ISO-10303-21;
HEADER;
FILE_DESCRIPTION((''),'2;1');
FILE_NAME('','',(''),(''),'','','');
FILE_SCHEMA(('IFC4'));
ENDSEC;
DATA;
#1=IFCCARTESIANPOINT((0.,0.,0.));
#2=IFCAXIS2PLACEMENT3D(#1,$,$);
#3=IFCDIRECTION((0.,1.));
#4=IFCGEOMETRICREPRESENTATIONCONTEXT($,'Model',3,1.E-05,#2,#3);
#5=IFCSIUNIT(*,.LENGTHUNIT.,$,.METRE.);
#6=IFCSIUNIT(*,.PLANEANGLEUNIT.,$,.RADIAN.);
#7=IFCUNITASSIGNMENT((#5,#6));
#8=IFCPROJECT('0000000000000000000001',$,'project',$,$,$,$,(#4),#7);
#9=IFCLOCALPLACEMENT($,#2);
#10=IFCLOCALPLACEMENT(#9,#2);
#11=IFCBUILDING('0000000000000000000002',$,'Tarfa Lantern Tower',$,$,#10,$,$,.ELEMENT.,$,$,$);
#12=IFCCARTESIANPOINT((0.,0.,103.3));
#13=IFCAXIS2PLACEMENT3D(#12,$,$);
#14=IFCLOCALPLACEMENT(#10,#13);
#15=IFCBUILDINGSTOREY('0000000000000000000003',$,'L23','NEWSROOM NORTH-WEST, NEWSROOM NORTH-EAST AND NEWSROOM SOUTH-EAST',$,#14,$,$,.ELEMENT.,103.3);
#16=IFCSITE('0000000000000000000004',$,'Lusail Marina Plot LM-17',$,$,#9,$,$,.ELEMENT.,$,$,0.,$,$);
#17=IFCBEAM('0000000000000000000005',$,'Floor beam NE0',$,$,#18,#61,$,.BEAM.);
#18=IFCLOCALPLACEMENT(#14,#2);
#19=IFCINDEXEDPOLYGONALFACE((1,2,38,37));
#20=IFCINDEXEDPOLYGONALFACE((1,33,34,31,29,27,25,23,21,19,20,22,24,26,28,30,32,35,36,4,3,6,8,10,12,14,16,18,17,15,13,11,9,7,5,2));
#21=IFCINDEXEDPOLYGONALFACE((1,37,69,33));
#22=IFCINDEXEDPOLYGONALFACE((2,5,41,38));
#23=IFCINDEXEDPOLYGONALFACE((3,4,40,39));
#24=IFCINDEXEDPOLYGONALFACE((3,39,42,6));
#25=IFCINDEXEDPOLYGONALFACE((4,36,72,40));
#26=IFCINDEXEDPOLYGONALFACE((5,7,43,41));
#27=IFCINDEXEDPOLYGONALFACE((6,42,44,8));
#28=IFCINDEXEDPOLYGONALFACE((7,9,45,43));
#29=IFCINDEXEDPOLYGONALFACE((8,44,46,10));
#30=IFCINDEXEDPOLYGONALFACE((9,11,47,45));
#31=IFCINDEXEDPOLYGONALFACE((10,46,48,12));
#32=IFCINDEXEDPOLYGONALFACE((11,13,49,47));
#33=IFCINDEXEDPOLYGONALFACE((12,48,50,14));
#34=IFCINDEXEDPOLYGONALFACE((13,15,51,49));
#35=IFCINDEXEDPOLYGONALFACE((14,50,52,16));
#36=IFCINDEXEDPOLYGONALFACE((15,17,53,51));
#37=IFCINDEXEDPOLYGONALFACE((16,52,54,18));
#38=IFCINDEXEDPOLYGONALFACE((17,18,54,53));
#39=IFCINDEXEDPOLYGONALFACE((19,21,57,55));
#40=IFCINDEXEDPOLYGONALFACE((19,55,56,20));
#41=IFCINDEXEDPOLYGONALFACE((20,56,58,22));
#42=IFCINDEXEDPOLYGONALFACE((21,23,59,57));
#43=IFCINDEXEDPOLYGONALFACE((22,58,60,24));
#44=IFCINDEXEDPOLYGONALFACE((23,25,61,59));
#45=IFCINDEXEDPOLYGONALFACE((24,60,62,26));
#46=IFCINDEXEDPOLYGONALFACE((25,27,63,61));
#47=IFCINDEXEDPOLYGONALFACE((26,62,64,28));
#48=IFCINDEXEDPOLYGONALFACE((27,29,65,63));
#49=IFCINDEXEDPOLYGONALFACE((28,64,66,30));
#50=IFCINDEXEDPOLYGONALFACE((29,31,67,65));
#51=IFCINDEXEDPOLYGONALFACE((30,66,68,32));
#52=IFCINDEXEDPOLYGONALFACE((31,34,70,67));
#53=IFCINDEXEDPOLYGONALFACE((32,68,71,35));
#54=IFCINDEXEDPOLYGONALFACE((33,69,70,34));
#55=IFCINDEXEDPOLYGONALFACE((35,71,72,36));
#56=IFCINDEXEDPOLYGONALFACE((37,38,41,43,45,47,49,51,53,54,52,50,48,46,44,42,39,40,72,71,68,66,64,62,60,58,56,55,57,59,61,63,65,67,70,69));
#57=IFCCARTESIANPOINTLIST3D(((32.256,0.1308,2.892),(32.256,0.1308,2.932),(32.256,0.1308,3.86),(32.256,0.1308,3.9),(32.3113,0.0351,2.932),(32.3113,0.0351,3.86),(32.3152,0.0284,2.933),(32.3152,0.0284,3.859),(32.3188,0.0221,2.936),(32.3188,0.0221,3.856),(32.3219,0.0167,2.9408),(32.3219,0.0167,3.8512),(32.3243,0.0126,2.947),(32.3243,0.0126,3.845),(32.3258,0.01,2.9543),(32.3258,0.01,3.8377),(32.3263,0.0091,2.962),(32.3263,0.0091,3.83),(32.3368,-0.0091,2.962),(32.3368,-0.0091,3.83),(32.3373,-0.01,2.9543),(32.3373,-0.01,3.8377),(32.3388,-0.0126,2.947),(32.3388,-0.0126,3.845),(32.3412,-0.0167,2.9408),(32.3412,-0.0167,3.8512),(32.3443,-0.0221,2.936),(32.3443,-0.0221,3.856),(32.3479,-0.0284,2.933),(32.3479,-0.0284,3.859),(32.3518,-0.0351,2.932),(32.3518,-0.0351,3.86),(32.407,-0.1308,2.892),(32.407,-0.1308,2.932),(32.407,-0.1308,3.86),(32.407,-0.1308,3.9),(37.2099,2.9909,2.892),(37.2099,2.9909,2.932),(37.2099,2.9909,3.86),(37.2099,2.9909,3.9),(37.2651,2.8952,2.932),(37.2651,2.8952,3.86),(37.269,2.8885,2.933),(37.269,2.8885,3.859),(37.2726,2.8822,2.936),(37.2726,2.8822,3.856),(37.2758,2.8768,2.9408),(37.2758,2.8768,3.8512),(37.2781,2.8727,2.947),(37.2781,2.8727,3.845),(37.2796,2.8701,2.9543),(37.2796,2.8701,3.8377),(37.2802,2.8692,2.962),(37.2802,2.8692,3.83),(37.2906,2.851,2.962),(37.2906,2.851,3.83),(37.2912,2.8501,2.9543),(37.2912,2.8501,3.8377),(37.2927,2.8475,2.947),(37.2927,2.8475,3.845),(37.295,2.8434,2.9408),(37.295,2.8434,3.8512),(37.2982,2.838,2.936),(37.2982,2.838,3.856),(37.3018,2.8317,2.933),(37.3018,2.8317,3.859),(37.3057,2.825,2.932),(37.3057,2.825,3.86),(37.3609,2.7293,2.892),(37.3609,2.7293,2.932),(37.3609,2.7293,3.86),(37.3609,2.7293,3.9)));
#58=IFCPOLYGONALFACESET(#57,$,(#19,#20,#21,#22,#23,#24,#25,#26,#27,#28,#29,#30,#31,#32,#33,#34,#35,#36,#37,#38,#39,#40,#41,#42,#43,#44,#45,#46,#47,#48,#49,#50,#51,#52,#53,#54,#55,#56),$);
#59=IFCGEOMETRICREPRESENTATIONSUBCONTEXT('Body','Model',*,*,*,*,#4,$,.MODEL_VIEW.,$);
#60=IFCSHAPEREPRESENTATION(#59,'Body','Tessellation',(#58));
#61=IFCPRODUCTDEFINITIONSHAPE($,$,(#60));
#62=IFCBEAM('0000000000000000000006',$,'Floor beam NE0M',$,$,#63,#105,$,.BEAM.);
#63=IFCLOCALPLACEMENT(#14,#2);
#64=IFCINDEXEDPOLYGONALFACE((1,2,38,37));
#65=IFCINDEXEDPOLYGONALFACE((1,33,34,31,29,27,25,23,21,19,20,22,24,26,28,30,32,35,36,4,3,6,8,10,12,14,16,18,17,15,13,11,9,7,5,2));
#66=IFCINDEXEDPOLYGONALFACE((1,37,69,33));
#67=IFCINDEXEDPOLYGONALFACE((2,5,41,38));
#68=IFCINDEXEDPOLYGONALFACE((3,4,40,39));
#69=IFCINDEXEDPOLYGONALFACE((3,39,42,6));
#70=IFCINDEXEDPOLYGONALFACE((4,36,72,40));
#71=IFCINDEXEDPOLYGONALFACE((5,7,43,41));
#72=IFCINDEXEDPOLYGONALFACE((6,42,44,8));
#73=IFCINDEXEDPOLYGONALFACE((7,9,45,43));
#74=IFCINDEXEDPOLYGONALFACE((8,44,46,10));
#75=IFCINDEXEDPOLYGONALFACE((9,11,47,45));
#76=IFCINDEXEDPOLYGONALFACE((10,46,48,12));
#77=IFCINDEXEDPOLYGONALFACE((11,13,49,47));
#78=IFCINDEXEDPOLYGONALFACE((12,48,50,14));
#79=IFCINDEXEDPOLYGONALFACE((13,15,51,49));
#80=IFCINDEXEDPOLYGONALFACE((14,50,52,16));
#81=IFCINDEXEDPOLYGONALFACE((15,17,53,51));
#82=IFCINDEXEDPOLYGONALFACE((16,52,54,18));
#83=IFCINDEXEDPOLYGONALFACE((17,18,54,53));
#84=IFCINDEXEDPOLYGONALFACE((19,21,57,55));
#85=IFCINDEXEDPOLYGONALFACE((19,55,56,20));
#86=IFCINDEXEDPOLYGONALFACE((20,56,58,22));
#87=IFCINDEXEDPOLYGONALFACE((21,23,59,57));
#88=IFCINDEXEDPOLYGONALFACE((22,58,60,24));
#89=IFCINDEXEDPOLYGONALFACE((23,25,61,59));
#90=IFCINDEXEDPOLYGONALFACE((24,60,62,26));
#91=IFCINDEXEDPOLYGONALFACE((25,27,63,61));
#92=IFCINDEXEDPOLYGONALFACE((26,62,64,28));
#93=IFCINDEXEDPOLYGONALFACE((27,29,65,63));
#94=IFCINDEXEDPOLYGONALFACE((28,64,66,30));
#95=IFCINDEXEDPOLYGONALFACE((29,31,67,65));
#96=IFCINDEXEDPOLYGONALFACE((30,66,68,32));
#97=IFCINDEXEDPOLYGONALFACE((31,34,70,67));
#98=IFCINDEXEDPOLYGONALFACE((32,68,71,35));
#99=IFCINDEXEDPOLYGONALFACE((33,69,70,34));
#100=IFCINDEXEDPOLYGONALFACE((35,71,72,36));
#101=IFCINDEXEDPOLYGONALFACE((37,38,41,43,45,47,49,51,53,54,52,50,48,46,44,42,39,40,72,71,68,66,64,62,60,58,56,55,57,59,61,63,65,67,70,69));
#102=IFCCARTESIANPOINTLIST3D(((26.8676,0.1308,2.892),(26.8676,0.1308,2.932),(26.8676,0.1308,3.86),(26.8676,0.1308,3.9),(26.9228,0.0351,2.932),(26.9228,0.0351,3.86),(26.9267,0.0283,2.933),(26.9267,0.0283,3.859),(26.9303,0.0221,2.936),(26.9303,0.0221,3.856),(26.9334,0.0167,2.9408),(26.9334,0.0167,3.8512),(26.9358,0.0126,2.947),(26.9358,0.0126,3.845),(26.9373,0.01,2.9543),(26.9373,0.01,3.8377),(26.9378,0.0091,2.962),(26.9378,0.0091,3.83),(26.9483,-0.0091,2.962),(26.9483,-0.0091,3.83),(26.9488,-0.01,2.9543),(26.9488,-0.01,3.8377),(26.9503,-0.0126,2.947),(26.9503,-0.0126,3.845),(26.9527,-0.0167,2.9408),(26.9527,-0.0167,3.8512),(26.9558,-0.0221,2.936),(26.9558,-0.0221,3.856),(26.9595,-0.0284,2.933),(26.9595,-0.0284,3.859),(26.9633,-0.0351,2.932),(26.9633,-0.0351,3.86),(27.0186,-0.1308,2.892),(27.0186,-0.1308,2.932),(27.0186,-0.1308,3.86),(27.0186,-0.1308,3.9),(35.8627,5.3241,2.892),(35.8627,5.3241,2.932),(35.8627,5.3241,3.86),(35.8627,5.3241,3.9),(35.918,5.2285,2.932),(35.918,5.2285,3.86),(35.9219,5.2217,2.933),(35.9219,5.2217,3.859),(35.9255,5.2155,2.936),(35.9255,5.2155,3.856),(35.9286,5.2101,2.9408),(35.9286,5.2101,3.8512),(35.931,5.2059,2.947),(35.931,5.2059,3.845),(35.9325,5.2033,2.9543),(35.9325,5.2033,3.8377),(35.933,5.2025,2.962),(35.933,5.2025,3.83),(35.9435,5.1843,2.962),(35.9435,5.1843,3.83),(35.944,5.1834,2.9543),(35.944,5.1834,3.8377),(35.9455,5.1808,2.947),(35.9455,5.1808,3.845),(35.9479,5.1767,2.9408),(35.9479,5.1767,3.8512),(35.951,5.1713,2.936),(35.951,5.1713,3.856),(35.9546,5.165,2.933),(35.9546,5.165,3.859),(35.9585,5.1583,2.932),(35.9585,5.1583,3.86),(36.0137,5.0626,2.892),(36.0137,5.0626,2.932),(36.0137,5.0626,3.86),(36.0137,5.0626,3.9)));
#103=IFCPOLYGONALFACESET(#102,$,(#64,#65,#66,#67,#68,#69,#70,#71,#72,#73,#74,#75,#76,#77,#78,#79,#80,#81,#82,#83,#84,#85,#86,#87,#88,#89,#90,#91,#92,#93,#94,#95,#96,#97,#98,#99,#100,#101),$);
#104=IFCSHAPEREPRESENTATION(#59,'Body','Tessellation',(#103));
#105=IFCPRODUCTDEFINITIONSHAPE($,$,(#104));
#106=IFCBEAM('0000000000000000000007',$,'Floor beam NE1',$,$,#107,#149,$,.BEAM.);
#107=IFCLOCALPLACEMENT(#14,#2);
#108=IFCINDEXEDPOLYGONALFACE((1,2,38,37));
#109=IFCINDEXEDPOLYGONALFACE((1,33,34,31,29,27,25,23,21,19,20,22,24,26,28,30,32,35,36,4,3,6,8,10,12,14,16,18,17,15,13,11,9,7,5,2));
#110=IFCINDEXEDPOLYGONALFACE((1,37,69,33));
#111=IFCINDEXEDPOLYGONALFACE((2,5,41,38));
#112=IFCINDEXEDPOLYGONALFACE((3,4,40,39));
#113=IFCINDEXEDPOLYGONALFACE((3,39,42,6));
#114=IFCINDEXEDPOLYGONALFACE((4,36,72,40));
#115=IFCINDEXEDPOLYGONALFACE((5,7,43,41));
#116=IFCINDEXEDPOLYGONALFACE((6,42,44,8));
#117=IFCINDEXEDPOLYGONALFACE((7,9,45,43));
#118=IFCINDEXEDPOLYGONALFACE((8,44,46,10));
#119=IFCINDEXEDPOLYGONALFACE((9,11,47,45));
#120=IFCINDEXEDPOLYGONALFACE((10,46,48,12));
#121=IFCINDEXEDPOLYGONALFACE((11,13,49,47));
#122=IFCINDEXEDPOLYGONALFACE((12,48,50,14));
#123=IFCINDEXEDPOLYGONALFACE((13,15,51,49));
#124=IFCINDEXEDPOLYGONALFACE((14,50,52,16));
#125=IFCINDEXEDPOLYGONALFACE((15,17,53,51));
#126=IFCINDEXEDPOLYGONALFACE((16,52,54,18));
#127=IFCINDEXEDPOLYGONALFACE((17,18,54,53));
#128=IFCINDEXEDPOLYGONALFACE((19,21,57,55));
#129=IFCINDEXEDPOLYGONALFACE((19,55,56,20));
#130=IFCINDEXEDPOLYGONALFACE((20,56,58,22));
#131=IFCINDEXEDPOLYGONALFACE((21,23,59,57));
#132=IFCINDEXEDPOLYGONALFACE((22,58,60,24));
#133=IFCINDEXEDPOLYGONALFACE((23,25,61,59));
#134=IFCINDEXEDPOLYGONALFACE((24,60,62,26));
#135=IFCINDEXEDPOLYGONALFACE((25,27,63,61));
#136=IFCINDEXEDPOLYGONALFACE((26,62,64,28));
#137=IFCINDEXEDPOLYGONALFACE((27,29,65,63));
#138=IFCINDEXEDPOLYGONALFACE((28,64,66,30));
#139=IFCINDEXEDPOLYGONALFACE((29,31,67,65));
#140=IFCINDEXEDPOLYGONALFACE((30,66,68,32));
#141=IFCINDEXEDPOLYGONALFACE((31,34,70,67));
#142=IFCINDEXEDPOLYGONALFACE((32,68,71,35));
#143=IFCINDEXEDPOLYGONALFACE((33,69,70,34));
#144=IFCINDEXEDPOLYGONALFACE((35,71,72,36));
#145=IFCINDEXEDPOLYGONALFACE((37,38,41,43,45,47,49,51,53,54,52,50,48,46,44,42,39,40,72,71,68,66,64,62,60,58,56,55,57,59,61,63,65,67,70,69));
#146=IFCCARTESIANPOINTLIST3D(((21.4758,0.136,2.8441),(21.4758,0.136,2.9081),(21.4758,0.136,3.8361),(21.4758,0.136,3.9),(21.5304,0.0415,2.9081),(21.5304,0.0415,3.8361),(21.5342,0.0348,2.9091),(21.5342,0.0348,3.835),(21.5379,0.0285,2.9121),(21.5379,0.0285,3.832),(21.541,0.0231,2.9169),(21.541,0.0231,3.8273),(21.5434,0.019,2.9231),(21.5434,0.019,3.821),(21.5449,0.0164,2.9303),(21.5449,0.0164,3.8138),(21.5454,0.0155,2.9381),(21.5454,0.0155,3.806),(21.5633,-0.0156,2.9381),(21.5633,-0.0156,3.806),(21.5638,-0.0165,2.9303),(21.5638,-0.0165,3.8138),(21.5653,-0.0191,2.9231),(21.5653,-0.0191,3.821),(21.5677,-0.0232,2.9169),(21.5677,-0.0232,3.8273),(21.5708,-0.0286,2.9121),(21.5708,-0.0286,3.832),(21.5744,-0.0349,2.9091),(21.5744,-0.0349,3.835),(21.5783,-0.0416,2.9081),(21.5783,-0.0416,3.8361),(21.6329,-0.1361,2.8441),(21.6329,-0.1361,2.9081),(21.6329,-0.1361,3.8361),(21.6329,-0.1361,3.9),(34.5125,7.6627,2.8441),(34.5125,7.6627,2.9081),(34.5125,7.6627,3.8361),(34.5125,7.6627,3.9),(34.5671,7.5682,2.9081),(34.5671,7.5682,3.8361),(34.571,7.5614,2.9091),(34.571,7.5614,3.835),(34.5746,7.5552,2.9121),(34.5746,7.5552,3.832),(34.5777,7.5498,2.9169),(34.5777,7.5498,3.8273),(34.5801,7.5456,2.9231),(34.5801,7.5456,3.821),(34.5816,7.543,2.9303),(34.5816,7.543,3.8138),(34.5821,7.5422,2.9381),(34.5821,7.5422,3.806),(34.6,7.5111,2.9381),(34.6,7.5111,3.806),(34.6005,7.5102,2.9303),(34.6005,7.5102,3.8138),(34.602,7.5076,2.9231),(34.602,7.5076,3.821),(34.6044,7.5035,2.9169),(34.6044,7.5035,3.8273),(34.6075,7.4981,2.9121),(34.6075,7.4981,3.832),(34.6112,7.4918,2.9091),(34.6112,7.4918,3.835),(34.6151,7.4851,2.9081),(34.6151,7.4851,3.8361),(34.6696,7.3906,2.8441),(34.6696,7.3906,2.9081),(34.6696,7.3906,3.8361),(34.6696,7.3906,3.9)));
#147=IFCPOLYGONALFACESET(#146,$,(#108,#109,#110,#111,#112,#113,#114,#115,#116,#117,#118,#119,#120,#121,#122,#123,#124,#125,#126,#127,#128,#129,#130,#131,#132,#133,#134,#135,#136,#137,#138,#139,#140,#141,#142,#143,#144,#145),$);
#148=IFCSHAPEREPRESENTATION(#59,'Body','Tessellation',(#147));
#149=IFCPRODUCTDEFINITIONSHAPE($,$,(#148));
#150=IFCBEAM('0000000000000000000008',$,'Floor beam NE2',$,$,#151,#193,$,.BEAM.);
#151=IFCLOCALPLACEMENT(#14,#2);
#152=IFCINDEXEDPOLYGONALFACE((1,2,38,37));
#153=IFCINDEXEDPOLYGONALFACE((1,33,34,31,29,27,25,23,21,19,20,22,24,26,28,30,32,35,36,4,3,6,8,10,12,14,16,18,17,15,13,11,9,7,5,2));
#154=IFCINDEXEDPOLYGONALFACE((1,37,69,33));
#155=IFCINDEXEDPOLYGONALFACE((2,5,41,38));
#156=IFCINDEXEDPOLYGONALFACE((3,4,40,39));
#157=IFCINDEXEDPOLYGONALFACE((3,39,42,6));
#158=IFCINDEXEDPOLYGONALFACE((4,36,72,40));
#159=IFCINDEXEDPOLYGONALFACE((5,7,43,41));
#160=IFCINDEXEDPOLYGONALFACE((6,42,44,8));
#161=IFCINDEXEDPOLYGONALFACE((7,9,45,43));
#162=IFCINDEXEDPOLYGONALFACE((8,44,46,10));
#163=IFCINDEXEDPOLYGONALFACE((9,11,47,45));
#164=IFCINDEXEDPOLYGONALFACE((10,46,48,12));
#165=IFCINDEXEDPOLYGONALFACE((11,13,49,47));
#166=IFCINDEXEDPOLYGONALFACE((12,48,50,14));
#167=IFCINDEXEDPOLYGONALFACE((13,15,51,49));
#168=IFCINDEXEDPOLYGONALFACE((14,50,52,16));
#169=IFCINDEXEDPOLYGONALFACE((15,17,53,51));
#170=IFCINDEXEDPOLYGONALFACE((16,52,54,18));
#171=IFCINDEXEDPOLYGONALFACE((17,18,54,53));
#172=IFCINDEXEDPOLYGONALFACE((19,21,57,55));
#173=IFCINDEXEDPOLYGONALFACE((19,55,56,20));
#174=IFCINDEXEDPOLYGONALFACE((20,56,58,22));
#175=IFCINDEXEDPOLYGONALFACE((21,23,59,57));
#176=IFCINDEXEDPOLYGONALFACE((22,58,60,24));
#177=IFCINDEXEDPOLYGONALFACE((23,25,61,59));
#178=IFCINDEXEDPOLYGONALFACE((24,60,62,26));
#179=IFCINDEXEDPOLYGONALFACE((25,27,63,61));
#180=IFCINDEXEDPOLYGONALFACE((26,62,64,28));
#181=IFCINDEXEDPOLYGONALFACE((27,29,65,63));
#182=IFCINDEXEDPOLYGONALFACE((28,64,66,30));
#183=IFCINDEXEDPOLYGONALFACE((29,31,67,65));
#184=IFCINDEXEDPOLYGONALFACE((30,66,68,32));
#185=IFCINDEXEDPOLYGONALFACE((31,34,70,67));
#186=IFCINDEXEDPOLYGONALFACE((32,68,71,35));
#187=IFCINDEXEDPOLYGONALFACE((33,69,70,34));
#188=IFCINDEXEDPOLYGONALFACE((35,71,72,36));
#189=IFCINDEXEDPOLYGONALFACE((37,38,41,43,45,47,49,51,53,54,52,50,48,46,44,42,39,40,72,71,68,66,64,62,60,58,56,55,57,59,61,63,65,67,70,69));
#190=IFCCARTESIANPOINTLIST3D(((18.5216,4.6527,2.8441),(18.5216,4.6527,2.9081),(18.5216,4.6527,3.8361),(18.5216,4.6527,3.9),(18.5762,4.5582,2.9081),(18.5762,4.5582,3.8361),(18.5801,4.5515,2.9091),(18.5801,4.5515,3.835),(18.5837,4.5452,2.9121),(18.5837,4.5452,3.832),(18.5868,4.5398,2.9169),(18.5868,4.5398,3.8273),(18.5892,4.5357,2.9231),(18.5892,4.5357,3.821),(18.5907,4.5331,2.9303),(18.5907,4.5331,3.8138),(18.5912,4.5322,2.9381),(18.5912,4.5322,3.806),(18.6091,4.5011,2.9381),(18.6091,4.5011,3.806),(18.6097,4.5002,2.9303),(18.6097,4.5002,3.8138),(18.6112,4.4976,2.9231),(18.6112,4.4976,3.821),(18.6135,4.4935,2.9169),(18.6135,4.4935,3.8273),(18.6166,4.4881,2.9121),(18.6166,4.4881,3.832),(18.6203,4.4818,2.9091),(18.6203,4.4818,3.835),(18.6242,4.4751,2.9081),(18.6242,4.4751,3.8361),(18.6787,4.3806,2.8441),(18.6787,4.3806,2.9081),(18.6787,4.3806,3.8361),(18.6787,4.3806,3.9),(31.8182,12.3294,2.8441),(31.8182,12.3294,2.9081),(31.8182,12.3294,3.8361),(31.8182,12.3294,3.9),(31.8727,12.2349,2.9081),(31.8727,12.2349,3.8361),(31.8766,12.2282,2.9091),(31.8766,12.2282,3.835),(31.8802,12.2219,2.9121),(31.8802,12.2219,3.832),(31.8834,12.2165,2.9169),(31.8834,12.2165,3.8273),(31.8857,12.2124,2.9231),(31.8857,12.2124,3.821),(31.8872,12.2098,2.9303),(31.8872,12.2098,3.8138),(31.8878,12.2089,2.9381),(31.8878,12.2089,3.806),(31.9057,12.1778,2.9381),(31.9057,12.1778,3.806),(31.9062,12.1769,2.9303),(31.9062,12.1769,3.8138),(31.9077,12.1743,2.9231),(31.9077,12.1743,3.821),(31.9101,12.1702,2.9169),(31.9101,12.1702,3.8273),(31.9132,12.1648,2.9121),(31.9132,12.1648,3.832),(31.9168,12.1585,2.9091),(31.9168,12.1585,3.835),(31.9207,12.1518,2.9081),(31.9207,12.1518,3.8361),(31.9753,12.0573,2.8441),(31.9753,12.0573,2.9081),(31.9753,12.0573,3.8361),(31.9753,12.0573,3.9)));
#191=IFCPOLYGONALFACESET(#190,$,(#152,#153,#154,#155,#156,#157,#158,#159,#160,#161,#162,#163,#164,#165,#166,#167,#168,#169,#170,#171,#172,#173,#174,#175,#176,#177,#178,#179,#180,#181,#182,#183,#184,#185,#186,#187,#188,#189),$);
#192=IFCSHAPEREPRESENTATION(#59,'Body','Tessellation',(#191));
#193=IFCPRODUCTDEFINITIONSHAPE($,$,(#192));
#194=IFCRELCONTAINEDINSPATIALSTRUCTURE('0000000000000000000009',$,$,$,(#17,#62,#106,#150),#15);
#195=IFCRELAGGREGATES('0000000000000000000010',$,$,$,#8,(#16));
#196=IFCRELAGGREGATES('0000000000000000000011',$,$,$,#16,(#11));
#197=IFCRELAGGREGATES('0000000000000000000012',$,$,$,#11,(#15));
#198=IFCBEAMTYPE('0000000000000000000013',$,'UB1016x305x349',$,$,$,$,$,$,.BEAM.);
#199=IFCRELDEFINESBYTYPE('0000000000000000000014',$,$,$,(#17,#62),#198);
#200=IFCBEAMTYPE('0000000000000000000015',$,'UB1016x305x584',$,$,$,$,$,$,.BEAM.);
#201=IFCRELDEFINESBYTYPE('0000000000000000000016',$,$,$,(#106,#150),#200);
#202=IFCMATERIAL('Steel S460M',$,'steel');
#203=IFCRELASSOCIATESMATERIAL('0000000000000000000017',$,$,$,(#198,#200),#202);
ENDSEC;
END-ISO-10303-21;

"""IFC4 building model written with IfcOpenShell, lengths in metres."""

from ifc_helpers import new_model, si_unit, direction, frame, origin, origin_2d, place, context, subcontext, project, spatial, i_section, extrude, material, material_profile, profile_set, type_object, element, save


model = new_model("IFC4")

# Units and contexts
model_context = context("Model", 3, precision=1e-05, world=origin(), true_north=direction((0.0, 1.0)))
body_context = subcontext(model_context, "Body", "Model", "MODEL_VIEW")
ifc_project = project(units=[si_unit("LENGTHUNIT", "METRE"), si_unit("PLANEANGLEUNIT", "RADIAN")], contexts=[model_context])

# Site, building, storey
site_placement = place(None, origin())
site = spatial("IfcSite", under=ifc_project, at=site_placement, Name="Lusail Marina Plot LM-17", CompositionType="ELEMENT", RefElevation=0.0)
building_placement = place(site_placement, origin())
building = spatial("IfcBuilding", under=site, at=building_placement, Name="Tarfa Lantern Tower", CompositionType="ELEMENT")
storey_placement = place(building_placement, frame((0.0, 0.0, 103.3)))
storey = spatial("IfcBuildingStorey", under=building, at=storey_placement, Name="L23", Description="NEWSROOM NORTH-WEST, NEWSROOM NORTH-EAST AND NEWSROOM SOUTH-EAST", CompositionType="ELEMENT", Elevation=103.3)

# Beams
ifc_material_1 = material(Name="Steel S460M", Category="steel")
ifc_material_profile_1 = material_profile(ifc_material_1, i_section(OverallWidth=0.302, OverallDepth=1.0081, WebThickness=0.021, FlangeThickness=0.04, FilletRadius=0.03, at=origin_2d()), Name="UB1016x305x349")
ifc_profile_set_1 = profile_set([ifc_material_profile_1], Name="Steel S460M")
beam_type_1 = type_object("IfcBeamType", Name="UB1016x305x349", PredefinedType="BEAM", material=ifc_profile_set_1)
beam_1_placement = place(storey_placement, frame((37.2854, 2.8601, 3.396), z_axis=(-0.866026, -0.5, 0.0), x_axis=(0.5, -0.866026, 0.0)))
element("IfcBeam", 1, at=beam_1_placement, inside=storey, type_object=beam_type_1, Name="Floor beam NE0", PredefinedType="BEAM", context=body_context, shape_type="SweptSolid", body=[
    extrude(i_section(OverallWidth=0.302, OverallDepth=1.0081, WebThickness=0.021, FlangeThickness=0.04, FilletRadius=0.03, at=origin_2d()), origin(), (0.0, 0.0, 1.0), 5.7202),
])
beam_2_placement = place(storey_placement, frame((35.9382, 5.1934, 3.396), z_axis=(-0.866024, -0.500002, 0.0), x_axis=(0.500002, -0.866024, 0.0)))
element("IfcBeam", 2, at=beam_2_placement, inside=storey, type_object=beam_type_1, Name="Floor beam NE0M", PredefinedType="BEAM", context=body_context, shape_type="SweptSolid", body=[
    extrude(i_section(OverallWidth=0.302, OverallDepth=1.0081, WebThickness=0.021, FlangeThickness=0.04, FilletRadius=0.03, at=origin_2d()), origin(), (0.0, 0.0, 1.0), 10.3867),
])
ifc_material_profile_2 = material_profile(ifc_material_1, i_section(OverallWidth=0.3142, OverallDepth=1.0559, WebThickness=0.0359, FlangeThickness=0.064, FilletRadius=0.03, at=origin_2d()), Name="UB1016x305x584")
ifc_profile_set_2 = profile_set([ifc_material_profile_2], Name="Steel S460M")
beam_type_2 = type_object("IfcBeamType", Name="UB1016x305x584", PredefinedType="BEAM", material=ifc_profile_set_2)
beam_3_placement = place(storey_placement, frame((34.5911, 7.5266, 3.3721), z_axis=(-0.866028, -0.499996, 0.0), x_axis=(0.499996, -0.866028, 0.0)))
element("IfcBeam", 3, at=beam_3_placement, inside=storey, type_object=beam_type_2, Name="Floor beam NE1", PredefinedType="BEAM", context=body_context, shape_type="SweptSolid", body=[
    extrude(i_section(OverallWidth=0.3142, OverallDepth=1.0559, WebThickness=0.0359, FlangeThickness=0.064, FilletRadius=0.03, at=origin_2d()), origin(), (0.0, 0.0, 1.0), 15.0535),
])
beam_4_placement = place(storey_placement, frame((31.8967, 12.1934, 3.3721), z_axis=(-0.866027, -0.499997, 0.0), x_axis=(0.499997, -0.866027, 0.0)))
element("IfcBeam", 4, at=beam_4_placement, inside=storey, type_object=beam_type_2, Name="Floor beam NE2", PredefinedType="BEAM", context=body_context, shape_type="SweptSolid", body=[
    extrude(i_section(OverallWidth=0.3142, OverallDepth=1.0559, WebThickness=0.0359, FlangeThickness=0.064, FilletRadius=0.03, at=origin_2d()), origin(), (0.0, 0.0, 1.0), 15.3535),
])

save(model, "model.ifc")
